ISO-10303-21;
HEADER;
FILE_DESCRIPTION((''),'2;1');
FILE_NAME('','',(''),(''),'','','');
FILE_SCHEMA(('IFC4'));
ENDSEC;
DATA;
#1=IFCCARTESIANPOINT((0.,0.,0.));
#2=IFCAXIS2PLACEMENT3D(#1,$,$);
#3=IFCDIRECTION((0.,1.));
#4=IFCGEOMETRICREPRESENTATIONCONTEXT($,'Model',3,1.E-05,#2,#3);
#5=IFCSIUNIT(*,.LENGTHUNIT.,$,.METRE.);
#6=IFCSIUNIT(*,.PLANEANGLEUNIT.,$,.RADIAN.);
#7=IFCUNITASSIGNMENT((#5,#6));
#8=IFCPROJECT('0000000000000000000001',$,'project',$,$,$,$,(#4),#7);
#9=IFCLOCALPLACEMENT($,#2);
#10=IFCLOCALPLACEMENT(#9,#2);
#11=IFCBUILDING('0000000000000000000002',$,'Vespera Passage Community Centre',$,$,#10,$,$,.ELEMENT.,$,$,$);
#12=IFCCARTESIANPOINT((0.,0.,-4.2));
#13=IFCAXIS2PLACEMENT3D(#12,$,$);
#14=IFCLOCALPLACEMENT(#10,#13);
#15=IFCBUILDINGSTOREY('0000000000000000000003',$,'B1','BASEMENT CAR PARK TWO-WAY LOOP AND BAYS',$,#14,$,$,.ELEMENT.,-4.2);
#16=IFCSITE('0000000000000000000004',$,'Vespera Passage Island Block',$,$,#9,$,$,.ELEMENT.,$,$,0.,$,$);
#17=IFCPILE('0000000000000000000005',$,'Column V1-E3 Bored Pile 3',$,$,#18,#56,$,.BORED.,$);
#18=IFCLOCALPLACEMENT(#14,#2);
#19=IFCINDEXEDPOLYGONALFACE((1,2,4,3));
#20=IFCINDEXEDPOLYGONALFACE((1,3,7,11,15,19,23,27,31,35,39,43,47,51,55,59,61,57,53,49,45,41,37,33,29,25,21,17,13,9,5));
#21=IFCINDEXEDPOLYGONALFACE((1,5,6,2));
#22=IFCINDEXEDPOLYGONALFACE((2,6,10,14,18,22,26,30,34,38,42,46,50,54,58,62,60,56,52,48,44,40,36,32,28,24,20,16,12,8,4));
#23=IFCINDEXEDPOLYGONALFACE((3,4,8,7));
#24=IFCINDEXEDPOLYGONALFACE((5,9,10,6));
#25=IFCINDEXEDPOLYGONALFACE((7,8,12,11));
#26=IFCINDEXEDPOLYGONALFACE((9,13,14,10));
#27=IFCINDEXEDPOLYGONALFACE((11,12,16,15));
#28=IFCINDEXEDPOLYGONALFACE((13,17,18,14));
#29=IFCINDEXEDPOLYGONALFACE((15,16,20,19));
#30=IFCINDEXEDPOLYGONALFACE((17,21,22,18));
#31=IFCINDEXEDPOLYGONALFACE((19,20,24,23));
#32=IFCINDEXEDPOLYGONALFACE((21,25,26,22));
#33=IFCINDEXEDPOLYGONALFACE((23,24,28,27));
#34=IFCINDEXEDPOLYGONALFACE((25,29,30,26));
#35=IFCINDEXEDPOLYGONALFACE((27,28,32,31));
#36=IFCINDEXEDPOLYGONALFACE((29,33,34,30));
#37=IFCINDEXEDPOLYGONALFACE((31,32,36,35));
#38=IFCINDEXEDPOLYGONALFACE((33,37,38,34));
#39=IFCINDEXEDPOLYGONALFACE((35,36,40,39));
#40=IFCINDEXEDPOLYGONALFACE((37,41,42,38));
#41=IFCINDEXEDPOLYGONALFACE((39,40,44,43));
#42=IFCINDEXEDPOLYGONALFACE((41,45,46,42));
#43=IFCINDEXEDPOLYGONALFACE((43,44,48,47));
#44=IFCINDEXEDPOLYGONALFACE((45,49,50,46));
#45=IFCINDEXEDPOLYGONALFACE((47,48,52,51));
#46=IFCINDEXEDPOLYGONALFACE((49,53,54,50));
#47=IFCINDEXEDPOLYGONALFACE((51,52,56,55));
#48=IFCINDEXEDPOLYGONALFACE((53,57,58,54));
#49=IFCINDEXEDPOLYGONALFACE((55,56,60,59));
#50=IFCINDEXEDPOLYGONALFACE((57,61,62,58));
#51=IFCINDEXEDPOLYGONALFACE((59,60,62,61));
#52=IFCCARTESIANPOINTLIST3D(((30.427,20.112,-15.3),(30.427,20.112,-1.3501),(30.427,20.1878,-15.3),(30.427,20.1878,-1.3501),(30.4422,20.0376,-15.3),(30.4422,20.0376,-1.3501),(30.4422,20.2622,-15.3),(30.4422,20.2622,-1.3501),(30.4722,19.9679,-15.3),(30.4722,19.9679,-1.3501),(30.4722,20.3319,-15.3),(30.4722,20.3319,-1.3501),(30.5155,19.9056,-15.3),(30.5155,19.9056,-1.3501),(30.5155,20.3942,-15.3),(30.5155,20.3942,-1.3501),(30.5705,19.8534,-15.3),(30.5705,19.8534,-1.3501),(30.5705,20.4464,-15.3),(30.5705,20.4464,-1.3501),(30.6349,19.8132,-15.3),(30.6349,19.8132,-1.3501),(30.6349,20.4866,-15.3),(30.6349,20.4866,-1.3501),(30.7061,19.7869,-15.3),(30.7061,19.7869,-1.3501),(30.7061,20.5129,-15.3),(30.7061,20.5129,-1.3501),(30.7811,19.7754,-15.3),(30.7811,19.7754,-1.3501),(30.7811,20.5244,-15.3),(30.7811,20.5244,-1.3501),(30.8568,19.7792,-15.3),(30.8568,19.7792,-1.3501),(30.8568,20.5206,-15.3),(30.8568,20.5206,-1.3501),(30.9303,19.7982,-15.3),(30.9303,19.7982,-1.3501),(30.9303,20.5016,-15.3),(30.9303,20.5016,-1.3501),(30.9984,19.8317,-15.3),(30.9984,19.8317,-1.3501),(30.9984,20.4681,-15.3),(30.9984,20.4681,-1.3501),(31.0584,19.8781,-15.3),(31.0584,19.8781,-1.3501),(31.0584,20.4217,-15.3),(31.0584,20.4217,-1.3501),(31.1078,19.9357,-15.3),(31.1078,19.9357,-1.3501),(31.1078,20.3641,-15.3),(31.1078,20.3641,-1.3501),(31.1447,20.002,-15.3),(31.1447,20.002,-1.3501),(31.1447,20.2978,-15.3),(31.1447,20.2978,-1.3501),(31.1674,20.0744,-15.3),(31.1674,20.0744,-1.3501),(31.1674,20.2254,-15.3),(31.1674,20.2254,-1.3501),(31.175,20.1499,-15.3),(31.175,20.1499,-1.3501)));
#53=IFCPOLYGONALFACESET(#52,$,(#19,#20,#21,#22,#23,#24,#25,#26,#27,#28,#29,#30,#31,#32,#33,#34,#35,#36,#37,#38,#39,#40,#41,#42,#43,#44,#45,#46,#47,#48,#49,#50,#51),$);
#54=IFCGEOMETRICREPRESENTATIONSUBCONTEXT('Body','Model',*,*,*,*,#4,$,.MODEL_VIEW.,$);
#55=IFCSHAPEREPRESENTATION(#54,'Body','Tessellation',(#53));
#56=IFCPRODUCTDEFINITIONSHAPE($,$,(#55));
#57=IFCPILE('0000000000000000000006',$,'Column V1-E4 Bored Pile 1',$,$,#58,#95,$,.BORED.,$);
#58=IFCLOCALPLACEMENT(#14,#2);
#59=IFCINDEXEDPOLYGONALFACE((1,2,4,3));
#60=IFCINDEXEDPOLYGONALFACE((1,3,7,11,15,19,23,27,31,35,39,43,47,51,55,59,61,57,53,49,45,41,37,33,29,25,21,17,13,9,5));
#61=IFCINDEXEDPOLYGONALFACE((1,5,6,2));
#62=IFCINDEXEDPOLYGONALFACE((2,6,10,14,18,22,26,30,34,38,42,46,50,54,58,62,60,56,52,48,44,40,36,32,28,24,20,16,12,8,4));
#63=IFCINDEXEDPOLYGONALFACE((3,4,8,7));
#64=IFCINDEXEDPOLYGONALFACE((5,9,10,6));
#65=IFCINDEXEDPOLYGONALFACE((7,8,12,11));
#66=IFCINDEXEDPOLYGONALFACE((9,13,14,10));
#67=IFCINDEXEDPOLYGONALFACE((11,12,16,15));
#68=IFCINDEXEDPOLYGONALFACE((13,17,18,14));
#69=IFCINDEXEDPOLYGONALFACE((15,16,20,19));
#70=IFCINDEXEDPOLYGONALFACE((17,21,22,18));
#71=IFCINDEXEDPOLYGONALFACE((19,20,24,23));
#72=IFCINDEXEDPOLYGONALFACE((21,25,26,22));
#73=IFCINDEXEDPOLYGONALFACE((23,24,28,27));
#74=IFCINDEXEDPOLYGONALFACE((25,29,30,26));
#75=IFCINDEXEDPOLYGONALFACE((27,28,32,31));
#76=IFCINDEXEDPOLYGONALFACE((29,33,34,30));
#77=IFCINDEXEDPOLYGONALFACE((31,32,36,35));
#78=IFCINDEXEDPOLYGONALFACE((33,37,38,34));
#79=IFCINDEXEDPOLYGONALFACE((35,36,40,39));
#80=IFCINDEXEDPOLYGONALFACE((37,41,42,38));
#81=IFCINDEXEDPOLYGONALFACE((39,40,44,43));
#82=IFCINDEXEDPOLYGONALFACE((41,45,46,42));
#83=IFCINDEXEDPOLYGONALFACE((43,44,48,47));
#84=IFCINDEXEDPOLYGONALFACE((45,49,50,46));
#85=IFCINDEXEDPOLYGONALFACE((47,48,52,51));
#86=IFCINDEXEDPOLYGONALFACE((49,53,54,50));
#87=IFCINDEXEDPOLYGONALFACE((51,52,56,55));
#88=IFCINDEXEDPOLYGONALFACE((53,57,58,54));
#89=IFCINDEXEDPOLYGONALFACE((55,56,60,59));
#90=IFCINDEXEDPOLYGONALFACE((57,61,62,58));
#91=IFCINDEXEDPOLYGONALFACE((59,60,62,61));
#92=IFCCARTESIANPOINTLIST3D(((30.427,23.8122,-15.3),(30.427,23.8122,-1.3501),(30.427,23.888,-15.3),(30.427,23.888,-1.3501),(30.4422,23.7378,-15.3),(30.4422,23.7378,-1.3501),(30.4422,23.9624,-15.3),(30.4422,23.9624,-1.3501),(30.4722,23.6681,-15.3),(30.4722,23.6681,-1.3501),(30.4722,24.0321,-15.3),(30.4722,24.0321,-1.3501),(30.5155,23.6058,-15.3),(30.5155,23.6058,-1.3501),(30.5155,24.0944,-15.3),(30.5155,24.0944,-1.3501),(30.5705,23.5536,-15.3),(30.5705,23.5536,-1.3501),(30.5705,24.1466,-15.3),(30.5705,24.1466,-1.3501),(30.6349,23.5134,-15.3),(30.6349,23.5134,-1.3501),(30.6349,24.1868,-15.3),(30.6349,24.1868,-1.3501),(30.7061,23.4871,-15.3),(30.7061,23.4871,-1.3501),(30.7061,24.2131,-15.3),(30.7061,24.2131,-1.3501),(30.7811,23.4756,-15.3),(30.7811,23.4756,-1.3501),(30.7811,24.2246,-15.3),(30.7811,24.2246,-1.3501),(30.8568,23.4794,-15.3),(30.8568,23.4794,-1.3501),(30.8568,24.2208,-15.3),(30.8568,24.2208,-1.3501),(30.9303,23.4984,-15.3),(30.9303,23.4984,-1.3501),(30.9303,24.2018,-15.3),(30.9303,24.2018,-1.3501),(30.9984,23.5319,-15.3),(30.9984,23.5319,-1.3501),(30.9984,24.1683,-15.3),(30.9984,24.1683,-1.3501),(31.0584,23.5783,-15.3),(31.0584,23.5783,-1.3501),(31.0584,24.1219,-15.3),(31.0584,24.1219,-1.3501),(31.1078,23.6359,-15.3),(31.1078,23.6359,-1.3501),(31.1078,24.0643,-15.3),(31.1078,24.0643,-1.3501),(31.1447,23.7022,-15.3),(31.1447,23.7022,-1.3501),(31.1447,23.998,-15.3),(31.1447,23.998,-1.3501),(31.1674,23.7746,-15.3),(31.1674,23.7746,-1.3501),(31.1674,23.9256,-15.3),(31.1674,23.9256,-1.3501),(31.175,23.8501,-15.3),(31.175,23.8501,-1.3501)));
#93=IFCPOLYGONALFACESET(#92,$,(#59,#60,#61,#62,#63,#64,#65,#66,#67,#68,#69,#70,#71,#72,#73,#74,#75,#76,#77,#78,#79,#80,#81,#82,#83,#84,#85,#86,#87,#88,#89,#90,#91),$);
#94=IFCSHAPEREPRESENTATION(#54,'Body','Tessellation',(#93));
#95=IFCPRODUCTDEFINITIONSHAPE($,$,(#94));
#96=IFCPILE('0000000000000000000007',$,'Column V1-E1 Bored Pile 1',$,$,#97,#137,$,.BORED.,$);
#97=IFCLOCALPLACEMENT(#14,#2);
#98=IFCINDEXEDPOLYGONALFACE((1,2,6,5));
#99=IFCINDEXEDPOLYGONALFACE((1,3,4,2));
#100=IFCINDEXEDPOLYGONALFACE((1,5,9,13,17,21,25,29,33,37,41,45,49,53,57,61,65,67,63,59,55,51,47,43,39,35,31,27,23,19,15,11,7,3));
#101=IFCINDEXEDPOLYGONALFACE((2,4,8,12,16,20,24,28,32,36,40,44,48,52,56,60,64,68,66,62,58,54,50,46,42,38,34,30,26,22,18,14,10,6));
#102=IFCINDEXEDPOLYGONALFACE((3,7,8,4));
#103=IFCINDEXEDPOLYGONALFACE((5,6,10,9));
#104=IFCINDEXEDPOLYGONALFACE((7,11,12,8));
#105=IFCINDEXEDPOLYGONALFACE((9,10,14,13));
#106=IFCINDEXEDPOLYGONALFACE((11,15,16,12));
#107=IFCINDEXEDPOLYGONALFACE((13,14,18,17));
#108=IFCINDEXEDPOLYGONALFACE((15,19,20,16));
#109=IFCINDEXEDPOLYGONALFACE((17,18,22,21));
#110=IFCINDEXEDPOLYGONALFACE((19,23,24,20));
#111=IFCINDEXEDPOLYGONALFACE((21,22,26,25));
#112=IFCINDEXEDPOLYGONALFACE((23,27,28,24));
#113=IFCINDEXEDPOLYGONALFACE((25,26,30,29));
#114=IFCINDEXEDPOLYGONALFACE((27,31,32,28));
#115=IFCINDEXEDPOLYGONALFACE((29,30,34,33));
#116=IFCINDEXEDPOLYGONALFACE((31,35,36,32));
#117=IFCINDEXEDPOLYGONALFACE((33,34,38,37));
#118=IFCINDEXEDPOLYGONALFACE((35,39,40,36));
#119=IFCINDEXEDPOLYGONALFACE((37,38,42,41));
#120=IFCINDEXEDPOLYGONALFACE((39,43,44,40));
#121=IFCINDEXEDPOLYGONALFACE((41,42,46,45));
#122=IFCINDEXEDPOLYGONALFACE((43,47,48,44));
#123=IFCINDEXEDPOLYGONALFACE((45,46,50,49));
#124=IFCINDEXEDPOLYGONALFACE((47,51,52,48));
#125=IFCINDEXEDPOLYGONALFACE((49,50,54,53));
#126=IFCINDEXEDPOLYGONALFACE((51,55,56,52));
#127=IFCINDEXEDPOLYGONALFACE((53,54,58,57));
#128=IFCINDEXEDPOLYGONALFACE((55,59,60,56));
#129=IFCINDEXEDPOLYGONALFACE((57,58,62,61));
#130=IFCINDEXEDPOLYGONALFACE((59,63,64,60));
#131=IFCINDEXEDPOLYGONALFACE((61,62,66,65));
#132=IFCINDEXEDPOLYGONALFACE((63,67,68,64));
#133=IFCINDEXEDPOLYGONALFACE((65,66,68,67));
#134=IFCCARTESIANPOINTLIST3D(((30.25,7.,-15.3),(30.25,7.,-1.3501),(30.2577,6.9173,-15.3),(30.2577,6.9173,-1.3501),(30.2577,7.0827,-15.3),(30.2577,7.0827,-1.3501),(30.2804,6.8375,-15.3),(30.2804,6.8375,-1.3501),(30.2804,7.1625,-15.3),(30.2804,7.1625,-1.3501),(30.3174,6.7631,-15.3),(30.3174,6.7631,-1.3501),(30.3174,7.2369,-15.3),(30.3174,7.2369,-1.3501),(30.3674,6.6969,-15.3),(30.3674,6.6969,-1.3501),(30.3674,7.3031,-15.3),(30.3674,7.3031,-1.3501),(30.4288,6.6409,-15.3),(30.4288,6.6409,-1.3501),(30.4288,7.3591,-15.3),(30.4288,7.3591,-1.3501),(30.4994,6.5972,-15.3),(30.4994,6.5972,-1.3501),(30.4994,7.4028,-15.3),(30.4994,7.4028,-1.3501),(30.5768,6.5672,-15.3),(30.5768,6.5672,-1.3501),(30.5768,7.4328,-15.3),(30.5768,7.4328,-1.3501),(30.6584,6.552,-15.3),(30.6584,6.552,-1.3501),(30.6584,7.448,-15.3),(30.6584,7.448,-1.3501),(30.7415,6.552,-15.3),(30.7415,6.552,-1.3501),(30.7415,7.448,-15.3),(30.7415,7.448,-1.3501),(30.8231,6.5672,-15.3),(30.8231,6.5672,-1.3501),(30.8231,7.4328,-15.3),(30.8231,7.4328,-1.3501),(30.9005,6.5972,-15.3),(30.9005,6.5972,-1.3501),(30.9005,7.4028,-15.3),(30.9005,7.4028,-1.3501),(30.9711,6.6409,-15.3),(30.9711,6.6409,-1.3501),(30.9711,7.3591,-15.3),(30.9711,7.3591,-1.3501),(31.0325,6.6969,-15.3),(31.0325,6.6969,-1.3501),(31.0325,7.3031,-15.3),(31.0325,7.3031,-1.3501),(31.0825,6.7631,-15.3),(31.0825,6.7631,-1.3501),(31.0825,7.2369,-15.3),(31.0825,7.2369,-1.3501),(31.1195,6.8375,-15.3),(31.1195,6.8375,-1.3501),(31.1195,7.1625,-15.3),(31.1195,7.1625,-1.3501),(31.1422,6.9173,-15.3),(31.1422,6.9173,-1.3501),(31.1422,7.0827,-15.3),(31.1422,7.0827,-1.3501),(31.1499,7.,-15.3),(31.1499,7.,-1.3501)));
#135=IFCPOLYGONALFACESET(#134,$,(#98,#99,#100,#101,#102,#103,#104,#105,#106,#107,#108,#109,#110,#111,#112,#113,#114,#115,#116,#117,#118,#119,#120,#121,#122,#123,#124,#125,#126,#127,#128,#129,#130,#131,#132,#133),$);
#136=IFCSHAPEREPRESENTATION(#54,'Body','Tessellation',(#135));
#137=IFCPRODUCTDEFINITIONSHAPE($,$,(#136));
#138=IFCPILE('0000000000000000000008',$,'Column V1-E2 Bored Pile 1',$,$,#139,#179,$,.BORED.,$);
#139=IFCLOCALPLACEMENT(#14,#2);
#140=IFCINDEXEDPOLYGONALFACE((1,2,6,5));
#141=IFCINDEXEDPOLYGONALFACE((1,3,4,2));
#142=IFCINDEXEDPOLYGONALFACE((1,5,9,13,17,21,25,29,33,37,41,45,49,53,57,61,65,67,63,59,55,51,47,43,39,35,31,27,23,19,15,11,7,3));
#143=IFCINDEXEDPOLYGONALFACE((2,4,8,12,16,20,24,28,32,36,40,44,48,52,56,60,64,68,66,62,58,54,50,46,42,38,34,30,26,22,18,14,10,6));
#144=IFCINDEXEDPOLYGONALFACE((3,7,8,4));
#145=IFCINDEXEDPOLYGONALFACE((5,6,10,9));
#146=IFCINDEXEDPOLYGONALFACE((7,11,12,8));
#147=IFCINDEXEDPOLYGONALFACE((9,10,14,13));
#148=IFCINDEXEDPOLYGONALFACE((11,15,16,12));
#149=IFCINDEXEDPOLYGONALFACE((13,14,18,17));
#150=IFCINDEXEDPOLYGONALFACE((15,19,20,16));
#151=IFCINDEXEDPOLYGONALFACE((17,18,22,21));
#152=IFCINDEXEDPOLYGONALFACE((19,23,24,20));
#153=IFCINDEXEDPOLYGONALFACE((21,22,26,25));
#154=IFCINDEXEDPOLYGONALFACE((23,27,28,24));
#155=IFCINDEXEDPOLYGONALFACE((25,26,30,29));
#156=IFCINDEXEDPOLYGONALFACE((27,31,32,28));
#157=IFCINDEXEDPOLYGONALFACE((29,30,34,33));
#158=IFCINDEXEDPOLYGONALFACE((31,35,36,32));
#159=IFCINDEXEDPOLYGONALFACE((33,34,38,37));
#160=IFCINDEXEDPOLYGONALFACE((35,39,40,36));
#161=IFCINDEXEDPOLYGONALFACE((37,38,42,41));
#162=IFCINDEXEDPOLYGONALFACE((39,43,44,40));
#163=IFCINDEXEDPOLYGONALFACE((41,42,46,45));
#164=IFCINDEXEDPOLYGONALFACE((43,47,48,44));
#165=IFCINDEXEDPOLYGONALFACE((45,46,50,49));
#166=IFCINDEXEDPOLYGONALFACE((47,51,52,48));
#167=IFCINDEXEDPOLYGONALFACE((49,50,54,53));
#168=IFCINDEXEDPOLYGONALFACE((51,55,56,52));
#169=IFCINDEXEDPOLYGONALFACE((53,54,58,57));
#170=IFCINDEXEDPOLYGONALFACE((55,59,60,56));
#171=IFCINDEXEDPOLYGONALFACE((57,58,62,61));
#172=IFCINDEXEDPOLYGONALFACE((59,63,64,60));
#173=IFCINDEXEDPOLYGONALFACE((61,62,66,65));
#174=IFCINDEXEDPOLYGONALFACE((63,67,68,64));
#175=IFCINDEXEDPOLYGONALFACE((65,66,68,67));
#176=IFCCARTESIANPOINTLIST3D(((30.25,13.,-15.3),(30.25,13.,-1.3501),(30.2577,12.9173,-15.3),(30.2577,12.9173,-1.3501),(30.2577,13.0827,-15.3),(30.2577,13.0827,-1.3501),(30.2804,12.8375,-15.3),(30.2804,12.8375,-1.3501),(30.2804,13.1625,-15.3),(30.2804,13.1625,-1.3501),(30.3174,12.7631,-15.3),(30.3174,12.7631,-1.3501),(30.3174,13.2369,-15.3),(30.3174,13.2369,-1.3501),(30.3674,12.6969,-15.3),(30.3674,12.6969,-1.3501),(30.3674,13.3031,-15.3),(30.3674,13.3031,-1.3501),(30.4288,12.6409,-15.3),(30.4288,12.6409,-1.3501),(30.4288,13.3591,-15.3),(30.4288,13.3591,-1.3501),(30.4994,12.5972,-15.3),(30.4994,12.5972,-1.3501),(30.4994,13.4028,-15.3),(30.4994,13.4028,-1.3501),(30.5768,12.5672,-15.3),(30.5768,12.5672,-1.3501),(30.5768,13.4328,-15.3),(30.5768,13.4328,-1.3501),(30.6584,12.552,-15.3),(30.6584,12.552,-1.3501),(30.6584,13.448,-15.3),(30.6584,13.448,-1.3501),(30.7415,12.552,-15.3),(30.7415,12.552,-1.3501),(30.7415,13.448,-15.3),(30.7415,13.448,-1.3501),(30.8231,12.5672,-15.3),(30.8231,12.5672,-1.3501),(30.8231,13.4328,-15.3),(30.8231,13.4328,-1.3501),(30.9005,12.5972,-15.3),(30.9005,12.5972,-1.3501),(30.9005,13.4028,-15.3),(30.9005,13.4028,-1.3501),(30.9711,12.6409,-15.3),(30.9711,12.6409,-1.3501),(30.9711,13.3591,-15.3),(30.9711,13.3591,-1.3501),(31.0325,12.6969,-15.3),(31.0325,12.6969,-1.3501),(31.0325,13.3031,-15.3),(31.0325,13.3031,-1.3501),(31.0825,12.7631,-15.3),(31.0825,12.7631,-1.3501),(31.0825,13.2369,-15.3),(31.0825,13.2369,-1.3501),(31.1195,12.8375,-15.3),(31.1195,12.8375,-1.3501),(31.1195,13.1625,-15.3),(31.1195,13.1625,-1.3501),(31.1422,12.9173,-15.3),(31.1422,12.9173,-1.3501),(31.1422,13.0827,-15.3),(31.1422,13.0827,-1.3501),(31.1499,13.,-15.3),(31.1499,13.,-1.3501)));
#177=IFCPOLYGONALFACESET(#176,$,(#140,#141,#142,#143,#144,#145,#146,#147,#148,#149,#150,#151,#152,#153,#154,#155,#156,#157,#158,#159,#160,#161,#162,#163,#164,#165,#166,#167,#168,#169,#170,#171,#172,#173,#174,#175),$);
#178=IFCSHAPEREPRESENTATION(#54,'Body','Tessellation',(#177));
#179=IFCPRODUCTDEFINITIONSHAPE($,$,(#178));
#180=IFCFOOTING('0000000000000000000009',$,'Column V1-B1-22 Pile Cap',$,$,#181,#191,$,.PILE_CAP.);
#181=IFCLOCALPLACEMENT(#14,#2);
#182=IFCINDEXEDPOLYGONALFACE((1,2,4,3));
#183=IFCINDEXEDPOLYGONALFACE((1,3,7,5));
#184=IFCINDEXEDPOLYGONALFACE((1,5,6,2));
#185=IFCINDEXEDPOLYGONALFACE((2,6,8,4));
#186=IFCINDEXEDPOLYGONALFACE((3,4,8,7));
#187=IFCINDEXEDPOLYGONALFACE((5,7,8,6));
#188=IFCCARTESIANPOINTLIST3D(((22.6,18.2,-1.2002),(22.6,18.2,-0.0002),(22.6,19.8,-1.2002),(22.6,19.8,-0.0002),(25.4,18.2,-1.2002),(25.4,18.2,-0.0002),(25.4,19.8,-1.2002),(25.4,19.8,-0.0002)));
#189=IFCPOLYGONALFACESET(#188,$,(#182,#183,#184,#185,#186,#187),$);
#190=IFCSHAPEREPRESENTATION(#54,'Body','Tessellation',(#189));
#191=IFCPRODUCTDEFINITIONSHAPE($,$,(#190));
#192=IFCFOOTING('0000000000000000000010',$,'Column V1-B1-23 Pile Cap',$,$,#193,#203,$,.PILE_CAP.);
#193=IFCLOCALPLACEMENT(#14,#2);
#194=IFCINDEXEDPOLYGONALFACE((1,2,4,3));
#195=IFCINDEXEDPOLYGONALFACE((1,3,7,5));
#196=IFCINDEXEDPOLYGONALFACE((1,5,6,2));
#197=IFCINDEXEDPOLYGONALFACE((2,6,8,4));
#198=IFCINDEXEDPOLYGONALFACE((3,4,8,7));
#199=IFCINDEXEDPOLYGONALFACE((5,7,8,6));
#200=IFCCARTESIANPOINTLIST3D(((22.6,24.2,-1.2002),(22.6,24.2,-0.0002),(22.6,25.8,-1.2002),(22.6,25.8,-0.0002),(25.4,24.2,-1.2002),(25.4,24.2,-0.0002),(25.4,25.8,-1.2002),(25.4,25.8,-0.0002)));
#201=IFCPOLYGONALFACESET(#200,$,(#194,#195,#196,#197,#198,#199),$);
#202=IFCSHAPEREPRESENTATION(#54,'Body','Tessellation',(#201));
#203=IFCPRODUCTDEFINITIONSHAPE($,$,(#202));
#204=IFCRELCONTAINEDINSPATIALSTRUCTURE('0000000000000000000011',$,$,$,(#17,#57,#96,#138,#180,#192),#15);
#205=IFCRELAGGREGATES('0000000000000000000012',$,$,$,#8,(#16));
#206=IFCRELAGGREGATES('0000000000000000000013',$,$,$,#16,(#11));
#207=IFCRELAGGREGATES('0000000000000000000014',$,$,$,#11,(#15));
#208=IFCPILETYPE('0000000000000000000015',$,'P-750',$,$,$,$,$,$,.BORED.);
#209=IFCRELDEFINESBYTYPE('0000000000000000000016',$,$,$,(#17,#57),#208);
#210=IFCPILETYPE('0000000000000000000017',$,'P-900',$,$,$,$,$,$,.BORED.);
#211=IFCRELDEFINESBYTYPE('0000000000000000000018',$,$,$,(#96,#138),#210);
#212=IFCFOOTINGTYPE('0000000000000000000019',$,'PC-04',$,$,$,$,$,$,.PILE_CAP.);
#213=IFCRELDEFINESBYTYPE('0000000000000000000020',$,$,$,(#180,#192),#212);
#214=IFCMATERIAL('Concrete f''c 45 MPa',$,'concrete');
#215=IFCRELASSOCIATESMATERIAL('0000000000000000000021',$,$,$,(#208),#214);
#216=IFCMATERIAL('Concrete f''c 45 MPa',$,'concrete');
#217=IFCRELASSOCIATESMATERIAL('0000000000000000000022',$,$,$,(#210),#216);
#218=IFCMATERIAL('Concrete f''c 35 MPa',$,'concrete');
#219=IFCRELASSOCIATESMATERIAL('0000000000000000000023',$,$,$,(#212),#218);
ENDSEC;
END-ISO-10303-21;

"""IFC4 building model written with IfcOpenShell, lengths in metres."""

from ifc_helpers import new_model, si_unit, direction, frame, origin, origin_2d, place, context, subcontext, project, spatial, rectangle, circle, extrude, material, material_profile, profile_set, type_object, element, save


model = new_model("IFC4")

# Units and contexts
model_context = context("Model", 3, precision=1e-05, world=origin(), true_north=direction((0.0, 1.0)))
body_context = subcontext(model_context, "Body", "Model", "MODEL_VIEW")
ifc_project = project(units=[si_unit("LENGTHUNIT", "METRE"), si_unit("PLANEANGLEUNIT", "RADIAN")], contexts=[model_context])

# Site, building, storey
site_placement = place(None, origin())
site = spatial("IfcSite", under=ifc_project, at=site_placement, Name="Vespera Passage Island Block", CompositionType="ELEMENT", RefElevation=0.0)
building_placement = place(site_placement, origin())
building = spatial("IfcBuilding", under=site, at=building_placement, Name="Vespera Passage Community Centre", CompositionType="ELEMENT")
storey_placement = place(building_placement, frame((0.0, 0.0, -4.2)))
storey = spatial("IfcBuildingStorey", under=building, at=storey_placement, Name="B1", Description="BASEMENT CAR PARK TWO-WAY LOOP AND BAYS", CompositionType="ELEMENT", Elevation=-4.2)

# Piles
ifc_material_1 = material(Name="Concrete f'c 45 MPa", Category="concrete")
ifc_material_profile_1 = material_profile(ifc_material_1, circle(Radius=0.375, at=origin_2d()), Name="PILE750DIA")
ifc_profile_set_1 = profile_set([ifc_material_profile_1], Name="Concrete f'c 45 MPa")
pile_type_1 = type_object("IfcPileType", Name="P-750", PredefinedType="BORED", material=ifc_profile_set_1)
for number, where, z_axis, x_axis, name in (
    (1, (30.8, 20.1499, -1.3501), (0.0, 0.0, -1.0), (1.0, 0.0, 0.0), "Column V1-E3 Bored Pile 3"),
    (2, (30.8, 23.8501, -1.3501), (0.0, 0.0, -1.0), (1.0, 0.0, 0.0), "Column V1-E4 Bored Pile 1"),
):
    element("IfcPile", number, at=place(storey_placement, frame(where, z_axis=z_axis, x_axis=x_axis)), inside=storey, type_object=pile_type_1, Name=name, PredefinedType="BORED", context=body_context, shape_type="SweptSolid", body=[
        extrude(circle(Radius=0.375, at=origin_2d()), origin(), (0.0, 0.0, 1.0), 13.95),
    ])
ifc_material_2 = material(Name="Concrete f'c 45 MPa", Category="concrete")
ifc_material_profile_2 = material_profile(ifc_material_2, circle(Radius=0.45, at=origin_2d()), Name="PILE900DIA")
ifc_profile_set_2 = profile_set([ifc_material_profile_2], Name="Concrete f'c 45 MPa")
pile_type_2 = type_object("IfcPileType", Name="P-900", PredefinedType="BORED", material=ifc_profile_set_2)
for number, where, z_axis, x_axis, name in (
    (3, (30.7, 7.0, -1.3501), (0.0, 0.0, -1.0), (1.0, 0.0, 0.0), "Column V1-E1 Bored Pile 1"),
    (4, (30.7, 13.0, -1.3501), (0.0, 0.0, -1.0), (1.0, 0.0, 0.0), "Column V1-E2 Bored Pile 1"),
):
    element("IfcPile", number, at=place(storey_placement, frame(where, z_axis=z_axis, x_axis=x_axis)), inside=storey, type_object=pile_type_2, Name=name, PredefinedType="BORED", context=body_context, shape_type="SweptSolid", body=[
        extrude(circle(Radius=0.45, at=origin_2d()), origin(), (0.0, 0.0, 1.0), 13.95),
    ])

# Footings
ifc_material_3 = material(Name="Concrete f'c 35 MPa", Category="concrete")
footing_type_1 = type_object("IfcFootingType", Name="PC-04", PredefinedType="PILE_CAP", material=ifc_material_3)
for number, where, z_axis, x_axis, name in (
    (5, (24.0, 19.0, -1.2002), (0.0, 0.0, 1.0), (1.0, 0.0, 0.0), "Column V1-B1-22 Pile Cap"),
    (6, (24.0, 25.0, -1.2002), (0.0, 0.0, 1.0), (1.0, 0.0, 0.0), "Column V1-B1-23 Pile Cap"),
):
    element("IfcFooting", number, at=place(storey_placement, frame(where, z_axis=z_axis, x_axis=x_axis)), inside=storey, type_object=footing_type_1, Name=name, PredefinedType="PILE_CAP", context=body_context, shape_type="SweptSolid", body=[
        extrude(rectangle(XDim=2.8, YDim=1.6001, at=origin_2d()), origin(), (0.0, 0.0, 1.0), 1.2),
    ])

save(model, "model.ifc")
